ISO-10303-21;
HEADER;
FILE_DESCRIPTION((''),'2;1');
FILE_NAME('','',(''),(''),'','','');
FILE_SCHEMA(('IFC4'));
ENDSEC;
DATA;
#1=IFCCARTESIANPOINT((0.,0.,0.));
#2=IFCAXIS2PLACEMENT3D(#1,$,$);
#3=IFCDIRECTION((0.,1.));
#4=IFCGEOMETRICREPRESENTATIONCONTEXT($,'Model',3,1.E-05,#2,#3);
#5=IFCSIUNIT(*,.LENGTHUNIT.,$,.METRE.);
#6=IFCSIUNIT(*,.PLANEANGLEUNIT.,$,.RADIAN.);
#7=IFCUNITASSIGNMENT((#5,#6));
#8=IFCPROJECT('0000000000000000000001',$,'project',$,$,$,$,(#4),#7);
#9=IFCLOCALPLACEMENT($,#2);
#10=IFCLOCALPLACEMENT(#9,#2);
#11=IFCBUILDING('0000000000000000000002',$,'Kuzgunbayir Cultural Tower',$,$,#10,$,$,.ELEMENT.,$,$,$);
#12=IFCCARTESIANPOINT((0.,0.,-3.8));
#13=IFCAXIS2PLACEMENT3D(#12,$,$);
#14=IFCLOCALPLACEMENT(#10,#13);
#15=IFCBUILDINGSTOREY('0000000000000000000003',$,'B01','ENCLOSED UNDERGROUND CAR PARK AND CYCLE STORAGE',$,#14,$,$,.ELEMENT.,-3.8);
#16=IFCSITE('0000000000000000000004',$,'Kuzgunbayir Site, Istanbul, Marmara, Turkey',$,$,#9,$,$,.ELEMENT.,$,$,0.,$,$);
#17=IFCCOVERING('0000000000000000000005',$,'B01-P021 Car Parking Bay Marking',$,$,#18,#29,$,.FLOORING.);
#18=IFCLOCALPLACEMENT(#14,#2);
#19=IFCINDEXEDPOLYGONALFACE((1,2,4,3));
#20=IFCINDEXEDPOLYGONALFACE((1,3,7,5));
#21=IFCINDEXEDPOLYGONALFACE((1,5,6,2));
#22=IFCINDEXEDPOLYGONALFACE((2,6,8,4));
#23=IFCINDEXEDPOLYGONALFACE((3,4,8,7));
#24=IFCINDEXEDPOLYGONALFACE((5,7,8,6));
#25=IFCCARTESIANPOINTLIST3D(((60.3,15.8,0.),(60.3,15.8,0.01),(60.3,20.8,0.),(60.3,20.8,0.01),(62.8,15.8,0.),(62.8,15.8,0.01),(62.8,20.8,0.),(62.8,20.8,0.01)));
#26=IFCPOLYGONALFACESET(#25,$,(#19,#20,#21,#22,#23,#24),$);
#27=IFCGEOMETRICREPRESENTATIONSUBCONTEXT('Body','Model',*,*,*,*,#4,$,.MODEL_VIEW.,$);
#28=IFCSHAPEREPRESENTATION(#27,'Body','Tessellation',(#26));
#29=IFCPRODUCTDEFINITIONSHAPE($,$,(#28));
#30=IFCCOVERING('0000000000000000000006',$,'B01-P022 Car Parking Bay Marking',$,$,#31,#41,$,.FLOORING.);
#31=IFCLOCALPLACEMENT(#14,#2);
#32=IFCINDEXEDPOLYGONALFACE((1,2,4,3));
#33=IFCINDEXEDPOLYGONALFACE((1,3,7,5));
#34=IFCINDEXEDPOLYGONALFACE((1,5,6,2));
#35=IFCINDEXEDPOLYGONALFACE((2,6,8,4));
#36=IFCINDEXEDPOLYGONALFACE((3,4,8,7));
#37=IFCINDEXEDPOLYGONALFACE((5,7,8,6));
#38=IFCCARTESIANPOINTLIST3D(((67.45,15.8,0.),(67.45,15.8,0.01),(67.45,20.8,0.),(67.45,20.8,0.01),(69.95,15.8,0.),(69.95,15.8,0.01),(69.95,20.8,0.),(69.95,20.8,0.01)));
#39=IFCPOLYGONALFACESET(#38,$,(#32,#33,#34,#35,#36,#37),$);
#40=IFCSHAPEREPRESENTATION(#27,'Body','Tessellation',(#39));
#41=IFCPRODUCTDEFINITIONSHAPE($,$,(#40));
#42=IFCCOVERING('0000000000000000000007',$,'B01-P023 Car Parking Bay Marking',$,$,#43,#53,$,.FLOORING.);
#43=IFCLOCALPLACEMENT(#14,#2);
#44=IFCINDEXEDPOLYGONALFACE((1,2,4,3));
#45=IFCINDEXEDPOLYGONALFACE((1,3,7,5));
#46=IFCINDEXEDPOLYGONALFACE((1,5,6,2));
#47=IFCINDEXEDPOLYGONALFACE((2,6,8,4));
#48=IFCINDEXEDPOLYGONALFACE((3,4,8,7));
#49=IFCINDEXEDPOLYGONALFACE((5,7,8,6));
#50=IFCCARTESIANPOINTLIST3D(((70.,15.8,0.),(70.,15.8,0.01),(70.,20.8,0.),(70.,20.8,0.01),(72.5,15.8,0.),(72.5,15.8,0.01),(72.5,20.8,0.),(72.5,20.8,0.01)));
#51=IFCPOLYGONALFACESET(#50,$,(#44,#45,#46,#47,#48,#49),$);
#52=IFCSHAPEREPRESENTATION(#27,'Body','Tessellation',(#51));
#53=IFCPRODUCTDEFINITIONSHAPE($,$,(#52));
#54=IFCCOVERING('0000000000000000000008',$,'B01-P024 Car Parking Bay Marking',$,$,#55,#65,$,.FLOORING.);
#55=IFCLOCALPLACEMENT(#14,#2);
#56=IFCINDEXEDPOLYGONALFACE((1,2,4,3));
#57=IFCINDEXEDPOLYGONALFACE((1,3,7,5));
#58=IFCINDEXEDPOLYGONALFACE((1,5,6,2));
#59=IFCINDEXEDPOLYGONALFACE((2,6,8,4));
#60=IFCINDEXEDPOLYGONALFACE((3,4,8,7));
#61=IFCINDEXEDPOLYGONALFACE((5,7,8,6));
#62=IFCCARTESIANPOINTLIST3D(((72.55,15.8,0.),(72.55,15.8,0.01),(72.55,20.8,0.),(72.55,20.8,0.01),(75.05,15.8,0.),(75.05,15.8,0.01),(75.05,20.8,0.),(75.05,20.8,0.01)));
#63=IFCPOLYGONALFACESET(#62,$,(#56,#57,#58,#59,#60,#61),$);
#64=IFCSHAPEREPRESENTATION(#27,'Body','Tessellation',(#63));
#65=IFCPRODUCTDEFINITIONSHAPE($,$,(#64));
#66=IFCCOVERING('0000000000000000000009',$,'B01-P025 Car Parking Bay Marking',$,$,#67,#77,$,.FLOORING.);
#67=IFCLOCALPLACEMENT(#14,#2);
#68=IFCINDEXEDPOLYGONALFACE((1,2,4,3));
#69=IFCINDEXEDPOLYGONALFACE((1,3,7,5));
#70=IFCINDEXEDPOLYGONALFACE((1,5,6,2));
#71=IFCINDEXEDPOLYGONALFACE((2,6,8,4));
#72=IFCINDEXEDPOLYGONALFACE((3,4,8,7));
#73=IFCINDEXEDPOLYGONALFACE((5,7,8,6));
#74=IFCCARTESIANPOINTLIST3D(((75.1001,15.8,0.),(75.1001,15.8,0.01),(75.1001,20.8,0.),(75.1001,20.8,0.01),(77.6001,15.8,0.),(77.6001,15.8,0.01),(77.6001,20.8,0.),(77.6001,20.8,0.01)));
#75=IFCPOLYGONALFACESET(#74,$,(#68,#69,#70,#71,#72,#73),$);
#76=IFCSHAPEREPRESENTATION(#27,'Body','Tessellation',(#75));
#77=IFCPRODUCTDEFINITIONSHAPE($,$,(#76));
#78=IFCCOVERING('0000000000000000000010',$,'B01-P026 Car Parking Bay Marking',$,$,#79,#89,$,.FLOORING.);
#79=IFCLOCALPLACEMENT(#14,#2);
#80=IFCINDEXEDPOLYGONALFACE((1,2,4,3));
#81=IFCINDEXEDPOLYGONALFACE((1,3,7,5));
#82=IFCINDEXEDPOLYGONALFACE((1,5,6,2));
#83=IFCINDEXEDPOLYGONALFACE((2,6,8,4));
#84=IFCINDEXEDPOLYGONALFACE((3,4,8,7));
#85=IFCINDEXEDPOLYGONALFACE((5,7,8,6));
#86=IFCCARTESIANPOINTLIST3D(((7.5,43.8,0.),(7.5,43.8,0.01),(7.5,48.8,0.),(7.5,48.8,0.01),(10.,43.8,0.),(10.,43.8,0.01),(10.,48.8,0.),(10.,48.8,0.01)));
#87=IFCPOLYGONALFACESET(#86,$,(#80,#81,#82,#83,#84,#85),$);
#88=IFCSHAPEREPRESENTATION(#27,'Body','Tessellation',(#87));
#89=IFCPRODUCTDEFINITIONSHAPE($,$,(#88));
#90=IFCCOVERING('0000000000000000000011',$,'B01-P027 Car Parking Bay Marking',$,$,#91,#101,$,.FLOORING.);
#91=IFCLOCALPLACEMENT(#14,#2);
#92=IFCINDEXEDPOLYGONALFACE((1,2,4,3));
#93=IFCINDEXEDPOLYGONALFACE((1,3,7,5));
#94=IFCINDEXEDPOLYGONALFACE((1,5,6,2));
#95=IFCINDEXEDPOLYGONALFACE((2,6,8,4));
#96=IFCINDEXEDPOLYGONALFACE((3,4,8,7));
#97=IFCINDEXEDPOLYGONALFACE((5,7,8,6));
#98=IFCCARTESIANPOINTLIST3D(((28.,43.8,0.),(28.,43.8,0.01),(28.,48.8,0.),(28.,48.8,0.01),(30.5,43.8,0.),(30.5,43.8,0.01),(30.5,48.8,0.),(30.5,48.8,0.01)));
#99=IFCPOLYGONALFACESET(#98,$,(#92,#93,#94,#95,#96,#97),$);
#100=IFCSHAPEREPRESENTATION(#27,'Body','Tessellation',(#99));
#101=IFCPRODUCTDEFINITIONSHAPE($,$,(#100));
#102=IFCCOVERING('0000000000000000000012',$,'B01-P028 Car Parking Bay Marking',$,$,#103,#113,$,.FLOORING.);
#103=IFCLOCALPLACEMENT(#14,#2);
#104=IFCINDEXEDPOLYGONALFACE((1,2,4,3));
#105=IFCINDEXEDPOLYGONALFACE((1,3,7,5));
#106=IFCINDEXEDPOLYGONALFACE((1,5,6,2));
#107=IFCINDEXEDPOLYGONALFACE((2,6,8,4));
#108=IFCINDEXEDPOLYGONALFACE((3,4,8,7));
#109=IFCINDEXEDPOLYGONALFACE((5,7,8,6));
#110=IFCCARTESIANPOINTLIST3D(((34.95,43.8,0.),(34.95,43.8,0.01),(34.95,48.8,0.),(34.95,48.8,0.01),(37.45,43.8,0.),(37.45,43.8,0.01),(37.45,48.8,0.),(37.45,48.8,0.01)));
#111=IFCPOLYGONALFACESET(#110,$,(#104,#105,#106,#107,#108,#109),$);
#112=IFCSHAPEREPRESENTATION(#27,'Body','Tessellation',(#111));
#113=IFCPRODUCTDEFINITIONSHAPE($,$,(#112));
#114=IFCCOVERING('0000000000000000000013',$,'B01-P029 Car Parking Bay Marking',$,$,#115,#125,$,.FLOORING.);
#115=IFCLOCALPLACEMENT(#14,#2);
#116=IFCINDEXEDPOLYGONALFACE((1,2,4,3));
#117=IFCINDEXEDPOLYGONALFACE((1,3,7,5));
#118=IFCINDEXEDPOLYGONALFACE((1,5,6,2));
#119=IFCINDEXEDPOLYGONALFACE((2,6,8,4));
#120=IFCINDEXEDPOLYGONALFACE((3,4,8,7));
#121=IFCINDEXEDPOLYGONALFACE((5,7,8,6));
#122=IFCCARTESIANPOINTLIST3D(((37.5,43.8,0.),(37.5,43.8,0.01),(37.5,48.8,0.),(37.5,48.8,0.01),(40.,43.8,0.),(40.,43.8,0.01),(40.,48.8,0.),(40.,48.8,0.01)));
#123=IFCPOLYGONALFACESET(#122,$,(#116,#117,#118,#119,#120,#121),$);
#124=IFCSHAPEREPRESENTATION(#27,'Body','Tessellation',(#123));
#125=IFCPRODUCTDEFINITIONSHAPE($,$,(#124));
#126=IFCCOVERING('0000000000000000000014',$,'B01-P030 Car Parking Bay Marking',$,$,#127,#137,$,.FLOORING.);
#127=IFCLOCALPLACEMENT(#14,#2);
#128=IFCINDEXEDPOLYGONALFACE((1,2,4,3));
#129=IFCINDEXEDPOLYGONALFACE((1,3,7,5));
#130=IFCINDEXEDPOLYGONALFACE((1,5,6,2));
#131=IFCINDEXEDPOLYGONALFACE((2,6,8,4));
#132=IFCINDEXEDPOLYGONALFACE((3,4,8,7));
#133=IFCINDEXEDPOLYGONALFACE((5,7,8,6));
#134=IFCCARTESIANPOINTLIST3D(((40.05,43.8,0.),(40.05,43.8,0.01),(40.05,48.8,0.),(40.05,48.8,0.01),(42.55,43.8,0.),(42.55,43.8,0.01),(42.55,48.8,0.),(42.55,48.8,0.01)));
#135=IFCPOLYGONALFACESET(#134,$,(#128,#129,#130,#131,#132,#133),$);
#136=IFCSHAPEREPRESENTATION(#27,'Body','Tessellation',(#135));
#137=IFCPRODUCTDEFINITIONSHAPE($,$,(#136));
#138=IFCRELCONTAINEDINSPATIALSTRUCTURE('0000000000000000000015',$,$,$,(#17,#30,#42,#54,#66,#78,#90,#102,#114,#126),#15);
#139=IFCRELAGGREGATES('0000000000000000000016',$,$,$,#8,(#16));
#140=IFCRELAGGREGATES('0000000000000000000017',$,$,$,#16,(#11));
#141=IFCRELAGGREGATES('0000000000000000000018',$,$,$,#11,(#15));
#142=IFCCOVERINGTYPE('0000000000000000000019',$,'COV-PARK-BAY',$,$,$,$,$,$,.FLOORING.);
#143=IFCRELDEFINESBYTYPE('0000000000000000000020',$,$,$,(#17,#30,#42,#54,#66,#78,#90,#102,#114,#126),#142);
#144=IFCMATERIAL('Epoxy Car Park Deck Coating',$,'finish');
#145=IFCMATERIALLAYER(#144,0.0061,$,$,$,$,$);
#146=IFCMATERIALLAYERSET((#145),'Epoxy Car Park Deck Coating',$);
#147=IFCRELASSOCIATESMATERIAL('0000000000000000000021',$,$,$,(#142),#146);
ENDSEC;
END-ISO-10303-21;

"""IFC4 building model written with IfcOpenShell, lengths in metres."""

from ifc_helpers import new_model, si_unit, direction, frame, origin, place, context, subcontext, project, spatial, polyline, outline, extrude, material, layer, layer_set, type_object, element, save


model = new_model("IFC4")

# Units and contexts
model_context = context("Model", 3, precision=1e-05, world=origin(), true_north=direction((0.0, 1.0)))
body_context = subcontext(model_context, "Body", "Model", "MODEL_VIEW")
ifc_project = project(units=[si_unit("LENGTHUNIT", "METRE"), si_unit("PLANEANGLEUNIT", "RADIAN")], contexts=[model_context])

# Site, building, storey
site_placement = place(None, origin())
site = spatial("IfcSite", under=ifc_project, at=site_placement, Name="Kuzgunbayir Site, Istanbul, Marmara, Turkey", CompositionType="ELEMENT", RefElevation=0.0)
building_placement = place(site_placement, origin())
building = spatial("IfcBuilding", under=site, at=building_placement, Name="Kuzgunbayir Cultural Tower", CompositionType="ELEMENT")
storey_placement = place(building_placement, frame((0.0, 0.0, -3.8)))
storey = spatial("IfcBuildingStorey", under=building, at=storey_placement, Name="B01", Description="ENCLOSED UNDERGROUND CAR PARK AND CYCLE STORAGE", CompositionType="ELEMENT", Elevation=-3.8)

# Coverings
ifc_material_1 = material(Name="Epoxy Car Park Deck Coating", Category="finish")
ifc_layer_1 = layer(ifc_material_1, 0.0061)
ifc_layer_set_1 = layer_set([ifc_layer_1], Name="Epoxy Car Park Deck Coating")
covering_type_1 = type_object("IfcCoveringType", Name="COV-PARK-BAY", PredefinedType="FLOORING", material=ifc_layer_set_1)
covering_1_placement = place(storey_placement, origin())
element("IfcCovering", 1, at=covering_1_placement, inside=storey, type_object=covering_type_1, Name="B01-P021 Car Parking Bay Marking", PredefinedType="FLOORING", context=body_context, shape_type="SweptSolid", body=[
    extrude(outline(polyline([(60.3, 15.8), (62.8, 15.8), (62.8, 20.8), (60.3, 20.8), (60.3, 15.8)])), origin(), (0.0, 0.0, 1.0), 0.01),
])
covering_2_placement = place(storey_placement, origin())
element("IfcCovering", 2, at=covering_2_placement, inside=storey, type_object=covering_type_1, Name="B01-P022 Car Parking Bay Marking", PredefinedType="FLOORING", context=body_context, shape_type="SweptSolid", body=[
    extrude(outline(polyline([(67.45, 15.8), (69.95, 15.8), (69.95, 20.8), (67.45, 20.8), (67.45, 15.8)])), origin(), (0.0, 0.0, 1.0), 0.01),
])
covering_3_placement = place(storey_placement, origin())
element("IfcCovering", 3, at=covering_3_placement, inside=storey, type_object=covering_type_1, Name="B01-P023 Car Parking Bay Marking", PredefinedType="FLOORING", context=body_context, shape_type="SweptSolid", body=[
    extrude(outline(polyline([(70.0, 15.8), (72.5, 15.8), (72.5, 20.8), (70.0, 20.8), (70.0, 15.8)])), origin(), (0.0, 0.0, 1.0), 0.01),
])
covering_4_placement = place(storey_placement, origin())
element("IfcCovering", 4, at=covering_4_placement, inside=storey, type_object=covering_type_1, Name="B01-P024 Car Parking Bay Marking", PredefinedType="FLOORING", context=body_context, shape_type="SweptSolid", body=[
    extrude(outline(polyline([(72.55, 15.8), (75.05, 15.8), (75.05, 20.8), (72.55, 20.8), (72.55, 15.8)])), origin(), (0.0, 0.0, 1.0), 0.01),
])
covering_5_placement = place(storey_placement, origin())
element("IfcCovering", 5, at=covering_5_placement, inside=storey, type_object=covering_type_1, Name="B01-P025 Car Parking Bay Marking", PredefinedType="FLOORING", context=body_context, shape_type="SweptSolid", body=[
    extrude(outline(polyline([(75.1001, 15.8), (77.6001, 15.8), (77.6001, 20.8), (75.1001, 20.8), (75.1001, 15.8)])), origin(), (0.0, 0.0, 1.0), 0.01),
])
covering_6_placement = place(storey_placement, origin())
element("IfcCovering", 6, at=covering_6_placement, inside=storey, type_object=covering_type_1, Name="B01-P026 Car Parking Bay Marking", PredefinedType="FLOORING", context=body_context, shape_type="SweptSolid", body=[
    extrude(outline(polyline([(7.5, 43.8), (10.0, 43.8), (10.0, 48.8), (7.5, 48.8), (7.5, 43.8)])), origin(), (0.0, 0.0, 1.0), 0.01),
])
covering_7_placement = place(storey_placement, origin())
element("IfcCovering", 7, at=covering_7_placement, inside=storey, type_object=covering_type_1, Name="B01-P027 Car Parking Bay Marking", PredefinedType="FLOORING", context=body_context, shape_type="SweptSolid", body=[
    extrude(outline(polyline([(28.0, 43.8), (30.5, 43.8), (30.5, 48.8), (28.0, 48.8), (28.0, 43.8)])), origin(), (0.0, 0.0, 1.0), 0.01),
])
covering_8_placement = place(storey_placement, origin())
element("IfcCovering", 8, at=covering_8_placement, inside=storey, type_object=covering_type_1, Name="B01-P028 Car Parking Bay Marking", PredefinedType="FLOORING", context=body_context, shape_type="SweptSolid", body=[
    extrude(outline(polyline([(34.95, 43.8), (37.45, 43.8), (37.45, 48.8), (34.95, 48.8), (34.95, 43.8)])), origin(), (0.0, 0.0, 1.0), 0.01),
])
covering_9_placement = place(storey_placement, origin())
element("IfcCovering", 9, at=covering_9_placement, inside=storey, type_object=covering_type_1, Name="B01-P029 Car Parking Bay Marking", PredefinedType="FLOORING", context=body_context, shape_type="SweptSolid", body=[
    extrude(outline(polyline([(37.5, 43.8), (40.0, 43.8), (40.0, 48.8), (37.5, 48.8), (37.5, 43.8)])), origin(), (0.0, 0.0, 1.0), 0.01),
])
covering_10_placement = place(storey_placement, origin())
element("IfcCovering", 10, at=covering_10_placement, inside=storey, type_object=covering_type_1, Name="B01-P030 Car Parking Bay Marking", PredefinedType="FLOORING", context=body_context, shape_type="SweptSolid", body=[
    extrude(outline(polyline([(40.05, 43.8), (42.55, 43.8), (42.55, 48.8), (40.05, 48.8), (40.05, 43.8)])), origin(), (0.0, 0.0, 1.0), 0.01),
])

save(model, "model.ifc")
